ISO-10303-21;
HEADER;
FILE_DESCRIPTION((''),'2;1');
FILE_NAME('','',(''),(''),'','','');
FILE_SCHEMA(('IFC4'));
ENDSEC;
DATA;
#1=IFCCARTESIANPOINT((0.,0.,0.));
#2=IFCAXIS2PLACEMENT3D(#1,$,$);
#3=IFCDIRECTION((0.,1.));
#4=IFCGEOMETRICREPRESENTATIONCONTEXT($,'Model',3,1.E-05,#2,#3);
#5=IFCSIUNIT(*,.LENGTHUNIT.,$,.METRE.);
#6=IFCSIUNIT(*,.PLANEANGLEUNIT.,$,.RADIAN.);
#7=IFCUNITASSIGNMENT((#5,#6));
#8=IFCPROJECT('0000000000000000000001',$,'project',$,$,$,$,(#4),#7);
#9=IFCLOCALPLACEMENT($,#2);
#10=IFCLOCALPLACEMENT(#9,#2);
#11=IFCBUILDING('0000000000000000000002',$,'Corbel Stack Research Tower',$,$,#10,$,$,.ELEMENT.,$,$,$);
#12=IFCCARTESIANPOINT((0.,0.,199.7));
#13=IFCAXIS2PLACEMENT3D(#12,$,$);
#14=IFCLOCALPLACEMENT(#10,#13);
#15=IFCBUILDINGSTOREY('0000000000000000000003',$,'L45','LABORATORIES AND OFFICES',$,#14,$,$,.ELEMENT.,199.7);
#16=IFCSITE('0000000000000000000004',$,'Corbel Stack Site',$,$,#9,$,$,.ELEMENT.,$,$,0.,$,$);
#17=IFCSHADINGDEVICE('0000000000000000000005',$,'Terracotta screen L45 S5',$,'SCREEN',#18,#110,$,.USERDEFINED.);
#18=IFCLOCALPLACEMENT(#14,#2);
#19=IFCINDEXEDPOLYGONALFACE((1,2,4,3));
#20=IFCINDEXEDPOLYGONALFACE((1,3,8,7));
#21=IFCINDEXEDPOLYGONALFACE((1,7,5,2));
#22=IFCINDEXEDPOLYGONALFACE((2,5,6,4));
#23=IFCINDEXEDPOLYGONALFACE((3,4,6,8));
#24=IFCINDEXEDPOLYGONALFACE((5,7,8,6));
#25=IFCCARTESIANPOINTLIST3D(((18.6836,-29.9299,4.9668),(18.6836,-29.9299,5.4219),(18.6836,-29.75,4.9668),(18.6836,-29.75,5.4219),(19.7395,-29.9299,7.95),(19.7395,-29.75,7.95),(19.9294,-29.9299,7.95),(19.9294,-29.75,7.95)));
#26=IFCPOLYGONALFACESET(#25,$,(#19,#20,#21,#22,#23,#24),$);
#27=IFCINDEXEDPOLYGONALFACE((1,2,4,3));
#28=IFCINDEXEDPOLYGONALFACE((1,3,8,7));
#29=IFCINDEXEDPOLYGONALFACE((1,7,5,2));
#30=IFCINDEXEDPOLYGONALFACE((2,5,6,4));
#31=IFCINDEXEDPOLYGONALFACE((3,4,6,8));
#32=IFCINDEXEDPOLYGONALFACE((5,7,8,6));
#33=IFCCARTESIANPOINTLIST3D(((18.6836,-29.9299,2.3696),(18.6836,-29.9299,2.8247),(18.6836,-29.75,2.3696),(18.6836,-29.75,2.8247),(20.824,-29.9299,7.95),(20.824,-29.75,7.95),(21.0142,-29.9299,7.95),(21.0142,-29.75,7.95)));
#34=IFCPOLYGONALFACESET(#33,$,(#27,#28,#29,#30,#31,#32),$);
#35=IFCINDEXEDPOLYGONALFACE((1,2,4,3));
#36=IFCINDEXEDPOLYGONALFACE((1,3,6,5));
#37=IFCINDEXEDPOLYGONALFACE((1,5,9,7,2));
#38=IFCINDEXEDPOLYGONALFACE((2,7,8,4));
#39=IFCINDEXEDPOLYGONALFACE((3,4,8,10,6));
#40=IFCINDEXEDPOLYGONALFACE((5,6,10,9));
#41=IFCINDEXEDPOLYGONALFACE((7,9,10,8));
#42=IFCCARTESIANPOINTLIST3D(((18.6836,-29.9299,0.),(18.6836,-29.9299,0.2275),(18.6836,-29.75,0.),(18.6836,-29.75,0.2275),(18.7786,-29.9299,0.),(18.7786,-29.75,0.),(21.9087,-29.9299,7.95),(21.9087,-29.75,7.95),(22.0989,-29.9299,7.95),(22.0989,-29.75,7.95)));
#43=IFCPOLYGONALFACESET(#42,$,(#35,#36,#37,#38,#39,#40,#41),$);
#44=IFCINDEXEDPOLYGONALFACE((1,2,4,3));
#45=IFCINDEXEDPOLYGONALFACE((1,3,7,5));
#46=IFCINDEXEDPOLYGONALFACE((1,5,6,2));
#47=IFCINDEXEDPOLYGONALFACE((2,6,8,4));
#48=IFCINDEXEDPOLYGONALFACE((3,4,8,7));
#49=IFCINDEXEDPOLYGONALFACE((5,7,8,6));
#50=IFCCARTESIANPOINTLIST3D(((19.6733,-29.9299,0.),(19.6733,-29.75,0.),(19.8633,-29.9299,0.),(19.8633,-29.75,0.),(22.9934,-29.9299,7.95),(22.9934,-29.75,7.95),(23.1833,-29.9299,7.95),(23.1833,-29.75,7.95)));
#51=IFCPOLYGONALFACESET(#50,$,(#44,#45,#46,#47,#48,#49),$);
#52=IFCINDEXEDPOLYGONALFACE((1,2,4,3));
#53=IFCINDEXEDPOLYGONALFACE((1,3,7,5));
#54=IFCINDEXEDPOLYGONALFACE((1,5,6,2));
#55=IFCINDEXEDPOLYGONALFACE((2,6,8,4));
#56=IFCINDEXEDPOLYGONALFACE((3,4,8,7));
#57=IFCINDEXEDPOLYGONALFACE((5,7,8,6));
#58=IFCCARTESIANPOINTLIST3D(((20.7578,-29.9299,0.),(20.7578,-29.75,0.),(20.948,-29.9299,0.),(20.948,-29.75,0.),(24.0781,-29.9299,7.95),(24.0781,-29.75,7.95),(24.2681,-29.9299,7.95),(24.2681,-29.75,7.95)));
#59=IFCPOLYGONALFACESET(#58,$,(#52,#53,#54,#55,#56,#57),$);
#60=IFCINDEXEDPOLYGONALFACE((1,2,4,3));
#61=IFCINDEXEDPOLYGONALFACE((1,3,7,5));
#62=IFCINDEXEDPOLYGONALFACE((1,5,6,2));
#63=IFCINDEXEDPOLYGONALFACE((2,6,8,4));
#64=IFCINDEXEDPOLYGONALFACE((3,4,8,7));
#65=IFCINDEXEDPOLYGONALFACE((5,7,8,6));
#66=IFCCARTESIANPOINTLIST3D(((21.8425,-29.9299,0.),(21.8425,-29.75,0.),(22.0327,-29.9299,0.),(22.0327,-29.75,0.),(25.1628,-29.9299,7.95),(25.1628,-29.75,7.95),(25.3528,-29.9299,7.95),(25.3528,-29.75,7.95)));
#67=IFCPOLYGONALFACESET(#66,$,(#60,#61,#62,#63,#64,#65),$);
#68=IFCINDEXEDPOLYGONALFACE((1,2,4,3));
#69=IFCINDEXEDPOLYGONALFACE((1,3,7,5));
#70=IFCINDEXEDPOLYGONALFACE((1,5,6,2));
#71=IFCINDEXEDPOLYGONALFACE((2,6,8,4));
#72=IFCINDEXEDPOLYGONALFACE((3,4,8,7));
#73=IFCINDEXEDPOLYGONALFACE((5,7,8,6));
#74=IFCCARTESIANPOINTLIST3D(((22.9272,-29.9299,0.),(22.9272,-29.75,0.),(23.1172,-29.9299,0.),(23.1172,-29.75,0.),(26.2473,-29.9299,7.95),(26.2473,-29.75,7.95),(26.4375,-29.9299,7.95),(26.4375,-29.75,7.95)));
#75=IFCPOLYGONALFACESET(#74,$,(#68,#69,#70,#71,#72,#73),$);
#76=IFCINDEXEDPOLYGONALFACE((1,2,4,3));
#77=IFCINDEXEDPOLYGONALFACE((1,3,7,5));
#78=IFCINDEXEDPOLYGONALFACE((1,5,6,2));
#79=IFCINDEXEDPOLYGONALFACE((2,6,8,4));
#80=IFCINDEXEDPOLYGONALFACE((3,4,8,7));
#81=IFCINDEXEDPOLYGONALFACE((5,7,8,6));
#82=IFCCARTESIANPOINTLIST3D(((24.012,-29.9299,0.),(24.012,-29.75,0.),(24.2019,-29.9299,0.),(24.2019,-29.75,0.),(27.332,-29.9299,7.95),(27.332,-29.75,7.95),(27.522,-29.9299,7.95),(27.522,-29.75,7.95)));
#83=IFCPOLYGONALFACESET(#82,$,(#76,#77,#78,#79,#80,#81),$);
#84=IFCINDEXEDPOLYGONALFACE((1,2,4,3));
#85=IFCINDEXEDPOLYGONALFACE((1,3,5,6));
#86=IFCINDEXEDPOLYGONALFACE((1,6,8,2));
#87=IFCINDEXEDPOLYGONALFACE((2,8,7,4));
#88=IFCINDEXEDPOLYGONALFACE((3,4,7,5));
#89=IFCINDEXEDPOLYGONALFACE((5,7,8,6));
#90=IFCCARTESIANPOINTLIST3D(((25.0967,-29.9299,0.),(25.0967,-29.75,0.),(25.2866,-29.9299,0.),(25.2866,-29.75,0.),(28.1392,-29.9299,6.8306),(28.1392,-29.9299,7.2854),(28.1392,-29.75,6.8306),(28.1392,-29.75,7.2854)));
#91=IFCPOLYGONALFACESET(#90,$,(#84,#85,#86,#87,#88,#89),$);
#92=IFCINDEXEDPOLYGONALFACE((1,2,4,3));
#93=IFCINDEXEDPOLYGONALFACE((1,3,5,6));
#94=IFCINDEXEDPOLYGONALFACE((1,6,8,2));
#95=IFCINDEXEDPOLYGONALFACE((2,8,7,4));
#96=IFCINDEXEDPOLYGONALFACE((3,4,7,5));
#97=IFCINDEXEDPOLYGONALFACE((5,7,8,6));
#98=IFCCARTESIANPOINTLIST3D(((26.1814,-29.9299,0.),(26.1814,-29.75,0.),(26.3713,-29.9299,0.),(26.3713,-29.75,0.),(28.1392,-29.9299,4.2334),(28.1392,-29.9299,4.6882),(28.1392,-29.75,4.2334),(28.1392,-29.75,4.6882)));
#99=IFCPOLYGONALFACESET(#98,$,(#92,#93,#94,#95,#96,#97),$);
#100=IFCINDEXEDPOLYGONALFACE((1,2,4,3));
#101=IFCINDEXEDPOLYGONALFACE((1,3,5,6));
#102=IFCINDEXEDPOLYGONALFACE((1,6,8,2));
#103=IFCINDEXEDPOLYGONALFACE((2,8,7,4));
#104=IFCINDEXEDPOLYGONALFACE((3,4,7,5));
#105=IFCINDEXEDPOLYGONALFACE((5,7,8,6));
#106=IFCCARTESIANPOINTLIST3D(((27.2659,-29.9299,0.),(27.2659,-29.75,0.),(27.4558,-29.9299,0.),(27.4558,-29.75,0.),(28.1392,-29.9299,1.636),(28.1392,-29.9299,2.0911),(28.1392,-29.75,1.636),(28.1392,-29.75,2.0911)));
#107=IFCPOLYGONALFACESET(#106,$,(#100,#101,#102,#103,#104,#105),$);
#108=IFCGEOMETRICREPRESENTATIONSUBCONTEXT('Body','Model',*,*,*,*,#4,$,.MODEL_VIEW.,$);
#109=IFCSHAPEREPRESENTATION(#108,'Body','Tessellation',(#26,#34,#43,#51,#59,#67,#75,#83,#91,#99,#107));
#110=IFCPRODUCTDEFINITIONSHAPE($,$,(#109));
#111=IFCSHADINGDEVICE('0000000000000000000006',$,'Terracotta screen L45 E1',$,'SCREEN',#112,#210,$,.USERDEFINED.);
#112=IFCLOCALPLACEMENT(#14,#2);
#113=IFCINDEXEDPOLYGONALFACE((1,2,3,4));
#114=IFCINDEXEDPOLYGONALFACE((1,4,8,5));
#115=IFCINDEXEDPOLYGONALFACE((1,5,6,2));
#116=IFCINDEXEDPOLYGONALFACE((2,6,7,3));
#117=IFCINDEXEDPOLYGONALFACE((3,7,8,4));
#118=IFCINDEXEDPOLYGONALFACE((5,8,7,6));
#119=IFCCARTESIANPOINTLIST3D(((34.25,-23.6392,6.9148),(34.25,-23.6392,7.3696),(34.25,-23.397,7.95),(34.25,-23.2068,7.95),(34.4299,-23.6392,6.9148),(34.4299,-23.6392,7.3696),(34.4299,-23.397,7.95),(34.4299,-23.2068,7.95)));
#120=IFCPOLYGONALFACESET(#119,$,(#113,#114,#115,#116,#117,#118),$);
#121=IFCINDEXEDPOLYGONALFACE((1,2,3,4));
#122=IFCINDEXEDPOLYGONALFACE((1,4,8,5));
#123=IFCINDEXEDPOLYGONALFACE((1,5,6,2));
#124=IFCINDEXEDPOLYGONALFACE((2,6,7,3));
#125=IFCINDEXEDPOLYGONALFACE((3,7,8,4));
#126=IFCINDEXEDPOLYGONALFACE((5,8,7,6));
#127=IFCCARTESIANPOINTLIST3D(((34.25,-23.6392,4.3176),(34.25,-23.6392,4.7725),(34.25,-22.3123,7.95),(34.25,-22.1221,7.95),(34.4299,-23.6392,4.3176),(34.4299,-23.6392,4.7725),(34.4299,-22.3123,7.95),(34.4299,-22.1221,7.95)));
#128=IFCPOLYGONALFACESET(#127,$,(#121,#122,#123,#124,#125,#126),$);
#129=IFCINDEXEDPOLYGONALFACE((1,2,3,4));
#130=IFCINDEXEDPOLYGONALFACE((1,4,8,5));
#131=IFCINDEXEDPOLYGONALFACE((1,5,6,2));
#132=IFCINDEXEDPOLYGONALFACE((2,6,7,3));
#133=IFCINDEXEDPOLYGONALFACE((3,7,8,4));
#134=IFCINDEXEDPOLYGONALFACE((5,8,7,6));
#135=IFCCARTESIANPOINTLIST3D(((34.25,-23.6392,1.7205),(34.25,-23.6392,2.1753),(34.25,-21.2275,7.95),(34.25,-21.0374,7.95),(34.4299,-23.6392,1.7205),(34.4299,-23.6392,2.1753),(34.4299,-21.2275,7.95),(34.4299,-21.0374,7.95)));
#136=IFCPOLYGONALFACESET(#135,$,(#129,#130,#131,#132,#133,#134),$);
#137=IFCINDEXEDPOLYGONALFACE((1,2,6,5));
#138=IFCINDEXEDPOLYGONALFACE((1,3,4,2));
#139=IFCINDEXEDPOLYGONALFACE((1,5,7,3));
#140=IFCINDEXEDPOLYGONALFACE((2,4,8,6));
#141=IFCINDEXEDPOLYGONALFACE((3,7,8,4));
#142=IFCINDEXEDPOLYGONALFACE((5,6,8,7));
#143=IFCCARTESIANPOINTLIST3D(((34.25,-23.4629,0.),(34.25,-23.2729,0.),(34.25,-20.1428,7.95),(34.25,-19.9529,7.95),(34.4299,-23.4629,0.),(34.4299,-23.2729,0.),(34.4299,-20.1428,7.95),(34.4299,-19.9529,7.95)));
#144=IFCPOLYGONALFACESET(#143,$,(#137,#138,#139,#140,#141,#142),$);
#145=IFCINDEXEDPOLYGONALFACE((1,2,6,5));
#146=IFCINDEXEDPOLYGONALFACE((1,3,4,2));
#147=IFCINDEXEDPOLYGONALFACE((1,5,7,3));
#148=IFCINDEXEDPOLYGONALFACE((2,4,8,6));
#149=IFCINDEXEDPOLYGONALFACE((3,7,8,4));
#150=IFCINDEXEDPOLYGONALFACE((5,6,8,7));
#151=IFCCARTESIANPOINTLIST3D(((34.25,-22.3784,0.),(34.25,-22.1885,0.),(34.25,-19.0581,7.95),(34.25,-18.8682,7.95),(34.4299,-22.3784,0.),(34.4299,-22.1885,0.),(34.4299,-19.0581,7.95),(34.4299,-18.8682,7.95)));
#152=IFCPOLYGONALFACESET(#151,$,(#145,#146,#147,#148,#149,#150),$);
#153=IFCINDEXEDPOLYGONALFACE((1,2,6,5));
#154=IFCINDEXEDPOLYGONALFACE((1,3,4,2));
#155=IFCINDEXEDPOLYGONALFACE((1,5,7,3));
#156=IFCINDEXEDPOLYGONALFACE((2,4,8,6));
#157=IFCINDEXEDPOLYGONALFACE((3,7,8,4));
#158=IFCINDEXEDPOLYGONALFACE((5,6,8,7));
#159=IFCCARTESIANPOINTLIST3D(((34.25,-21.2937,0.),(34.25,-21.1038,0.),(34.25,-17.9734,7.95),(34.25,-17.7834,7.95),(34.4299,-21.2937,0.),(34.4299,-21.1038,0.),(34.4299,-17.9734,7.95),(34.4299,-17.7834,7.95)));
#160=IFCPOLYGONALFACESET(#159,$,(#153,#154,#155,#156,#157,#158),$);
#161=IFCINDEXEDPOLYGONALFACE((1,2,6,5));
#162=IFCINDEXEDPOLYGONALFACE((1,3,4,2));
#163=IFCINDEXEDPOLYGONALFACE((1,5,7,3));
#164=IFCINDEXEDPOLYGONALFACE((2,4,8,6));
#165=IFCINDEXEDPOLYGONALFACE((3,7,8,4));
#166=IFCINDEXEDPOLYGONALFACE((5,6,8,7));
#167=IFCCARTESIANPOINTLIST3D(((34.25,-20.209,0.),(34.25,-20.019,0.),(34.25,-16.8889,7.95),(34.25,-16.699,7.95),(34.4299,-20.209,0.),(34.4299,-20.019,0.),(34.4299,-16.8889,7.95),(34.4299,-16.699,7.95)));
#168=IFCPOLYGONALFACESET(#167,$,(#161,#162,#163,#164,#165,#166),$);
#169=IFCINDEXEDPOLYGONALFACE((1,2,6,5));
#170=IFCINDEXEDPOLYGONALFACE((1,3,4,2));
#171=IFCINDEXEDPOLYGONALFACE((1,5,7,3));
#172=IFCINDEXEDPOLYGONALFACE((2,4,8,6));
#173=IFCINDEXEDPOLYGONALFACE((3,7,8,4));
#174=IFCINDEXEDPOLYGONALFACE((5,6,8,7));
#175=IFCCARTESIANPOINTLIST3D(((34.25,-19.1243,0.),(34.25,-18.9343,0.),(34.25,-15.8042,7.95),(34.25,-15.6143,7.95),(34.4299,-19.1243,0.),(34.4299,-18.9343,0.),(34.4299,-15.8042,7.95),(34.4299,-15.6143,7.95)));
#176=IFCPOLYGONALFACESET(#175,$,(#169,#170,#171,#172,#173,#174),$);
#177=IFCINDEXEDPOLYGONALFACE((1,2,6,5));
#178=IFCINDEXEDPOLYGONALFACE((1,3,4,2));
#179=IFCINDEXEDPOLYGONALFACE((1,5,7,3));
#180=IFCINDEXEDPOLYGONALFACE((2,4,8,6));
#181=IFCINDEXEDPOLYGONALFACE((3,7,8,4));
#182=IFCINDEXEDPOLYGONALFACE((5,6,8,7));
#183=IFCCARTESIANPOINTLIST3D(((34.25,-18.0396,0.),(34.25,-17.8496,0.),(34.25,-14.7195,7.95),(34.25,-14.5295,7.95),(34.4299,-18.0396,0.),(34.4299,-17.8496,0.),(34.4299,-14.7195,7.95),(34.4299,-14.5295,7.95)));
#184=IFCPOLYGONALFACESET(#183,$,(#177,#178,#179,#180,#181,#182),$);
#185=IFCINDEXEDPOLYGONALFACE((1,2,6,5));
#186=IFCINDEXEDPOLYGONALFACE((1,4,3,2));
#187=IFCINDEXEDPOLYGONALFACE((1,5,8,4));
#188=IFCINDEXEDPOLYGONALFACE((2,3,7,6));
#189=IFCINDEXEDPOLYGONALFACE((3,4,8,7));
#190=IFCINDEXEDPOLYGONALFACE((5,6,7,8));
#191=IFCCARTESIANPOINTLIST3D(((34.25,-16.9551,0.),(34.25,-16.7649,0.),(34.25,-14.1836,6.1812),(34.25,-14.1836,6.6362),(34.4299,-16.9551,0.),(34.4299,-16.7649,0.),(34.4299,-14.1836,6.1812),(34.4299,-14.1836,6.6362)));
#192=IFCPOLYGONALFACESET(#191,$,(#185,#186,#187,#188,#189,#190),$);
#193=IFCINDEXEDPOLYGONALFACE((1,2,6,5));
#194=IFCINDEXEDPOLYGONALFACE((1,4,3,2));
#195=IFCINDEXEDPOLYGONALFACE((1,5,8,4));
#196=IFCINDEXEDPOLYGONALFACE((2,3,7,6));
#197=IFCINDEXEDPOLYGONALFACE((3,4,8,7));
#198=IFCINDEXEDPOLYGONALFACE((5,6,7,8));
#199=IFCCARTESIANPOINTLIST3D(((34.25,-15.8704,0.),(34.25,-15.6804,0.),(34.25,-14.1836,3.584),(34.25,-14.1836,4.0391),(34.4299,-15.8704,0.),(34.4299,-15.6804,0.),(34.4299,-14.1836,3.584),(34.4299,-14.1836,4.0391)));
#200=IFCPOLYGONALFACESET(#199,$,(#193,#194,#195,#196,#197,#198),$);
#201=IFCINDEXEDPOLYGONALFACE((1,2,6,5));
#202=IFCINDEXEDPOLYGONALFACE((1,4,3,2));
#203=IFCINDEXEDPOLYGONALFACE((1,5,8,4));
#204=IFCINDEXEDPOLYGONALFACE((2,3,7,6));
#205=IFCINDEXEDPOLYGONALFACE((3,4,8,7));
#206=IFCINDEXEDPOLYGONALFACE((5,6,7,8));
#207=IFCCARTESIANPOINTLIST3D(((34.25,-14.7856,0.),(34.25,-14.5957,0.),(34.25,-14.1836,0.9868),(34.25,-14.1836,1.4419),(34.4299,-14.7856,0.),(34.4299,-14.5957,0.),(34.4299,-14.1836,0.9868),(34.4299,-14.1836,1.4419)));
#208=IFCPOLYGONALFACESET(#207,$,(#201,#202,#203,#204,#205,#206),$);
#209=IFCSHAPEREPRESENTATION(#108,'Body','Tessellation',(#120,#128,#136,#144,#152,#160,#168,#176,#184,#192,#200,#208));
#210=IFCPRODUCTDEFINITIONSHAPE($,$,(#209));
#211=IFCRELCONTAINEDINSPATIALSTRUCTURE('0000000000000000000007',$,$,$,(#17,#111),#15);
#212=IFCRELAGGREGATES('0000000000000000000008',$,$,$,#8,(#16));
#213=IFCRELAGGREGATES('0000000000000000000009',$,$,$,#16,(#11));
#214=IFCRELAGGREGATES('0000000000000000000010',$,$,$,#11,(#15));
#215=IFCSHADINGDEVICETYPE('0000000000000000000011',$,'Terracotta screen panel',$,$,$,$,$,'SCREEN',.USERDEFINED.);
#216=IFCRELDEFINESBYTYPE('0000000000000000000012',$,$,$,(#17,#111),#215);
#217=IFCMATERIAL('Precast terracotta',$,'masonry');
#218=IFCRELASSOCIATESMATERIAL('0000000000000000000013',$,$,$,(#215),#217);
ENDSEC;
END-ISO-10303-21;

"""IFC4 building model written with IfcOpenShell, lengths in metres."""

from ifc_helpers import new_model, si_unit, direction, frame, origin, place, context, subcontext, project, spatial, polyline, outline, extrude, source, transform, mapped, material, type_object, element, save


model = new_model("IFC4")

# Units and contexts
model_context = context("Model", 3, precision=1e-05, world=origin(), true_north=direction((0.0, 1.0)))
body_context = subcontext(model_context, "Body", "Model", "MODEL_VIEW")
ifc_project = project(units=[si_unit("LENGTHUNIT", "METRE"), si_unit("PLANEANGLEUNIT", "RADIAN")], contexts=[model_context])

# Site, building, storey
site_placement = place(None, origin())
site = spatial("IfcSite", under=ifc_project, at=site_placement, Name="Corbel Stack Site", CompositionType="ELEMENT", RefElevation=0.0)
building_placement = place(site_placement, origin())
building = spatial("IfcBuilding", under=site, at=building_placement, Name="Corbel Stack Research Tower", CompositionType="ELEMENT")
storey_placement = place(building_placement, frame((0.0, 0.0, 199.7)))
storey = spatial("IfcBuildingStorey", under=building, at=storey_placement, Name="L45", Description="LABORATORIES AND OFFICES", CompositionType="ELEMENT", Elevation=199.7)

# Shading devices
ifc_material_1 = material(Name="Precast terracotta", Category="masonry")
shading_device_type = type_object("IfcShadingDeviceType", Name="Terracotta screen panel", ElementType="SCREEN", PredefinedType="USERDEFINED", material=ifc_material_1)
shared_shape_1 = source(origin(), body_context, "Body", "SweptSolid", [
    extrude(outline(polyline([(1.2458, 7.95), (1.0559, 7.95), (0.0, 5.4219), (0.0, 4.9668), (1.2458, 7.95)])), frame((0.0, 0.0, 0.0), z_axis=(0.0, -1.0, 0.0), x_axis=(1.0, 0.0, 0.0)), (0.0, 0.0, 1.0), 0.1799),
    extrude(outline(polyline([(2.3306, 7.95), (2.1404, 7.95), (0.0, 2.8247), (0.0, 2.3696), (2.3306, 7.95)])), frame((0.0, 0.0, 0.0), z_axis=(0.0, -1.0, 0.0), x_axis=(1.0, 0.0, 0.0)), (0.0, 0.0, 1.0), 0.1799),
    extrude(outline(polyline([(0.095, 0.0), (3.4153, 7.95), (3.2251, 7.95), (0.0, 0.2275), (0.0, 0.0), (0.095, 0.0)])), frame((0.0, 0.0, 0.0), z_axis=(0.0, -1.0, 0.0), x_axis=(1.0, 0.0, 0.0)), (0.0, 0.0, 1.0), 0.1799),
    extrude(outline(polyline([(1.1797, 0.0), (4.4998, 7.95), (4.3098, 7.95), (0.9897, 0.0), (1.1797, 0.0)])), frame((0.0, 0.0, 0.0), z_axis=(0.0, -1.0, 0.0), x_axis=(1.0, 0.0, 0.0)), (0.0, 0.0, 1.0), 0.1799),
    extrude(outline(polyline([(2.2644, 0.0), (5.5845, 7.95), (5.3945, 7.95), (2.0742, 0.0), (2.2644, 0.0)])), frame((0.0, 0.0, 0.0), z_axis=(0.0, -1.0, 0.0), x_axis=(1.0, 0.0, 0.0)), (0.0, 0.0, 1.0), 0.1799),
    extrude(outline(polyline([(3.3491, 0.0), (6.6692, 7.95), (6.4792, 7.95), (3.1589, 0.0), (3.3491, 0.0)])), frame((0.0, 0.0, 0.0), z_axis=(0.0, -1.0, 0.0), x_axis=(1.0, 0.0, 0.0)), (0.0, 0.0, 1.0), 0.1799),
    extrude(outline(polyline([(4.4336, 0.0), (7.7539, 7.95), (7.5637, 7.95), (4.2437, 0.0), (4.4336, 0.0)])), frame((0.0, 0.0, 0.0), z_axis=(0.0, -1.0, 0.0), x_axis=(1.0, 0.0, 0.0)), (0.0, 0.0, 1.0), 0.1799),
    extrude(outline(polyline([(5.5183, 0.0), (8.8384, 7.95), (8.6484, 7.95), (5.3284, 0.0), (5.5183, 0.0)])), frame((0.0, 0.0, 0.0), z_axis=(0.0, -1.0, 0.0), x_axis=(1.0, 0.0, 0.0)), (0.0, 0.0, 1.0), 0.1799),
    extrude(outline(polyline([(6.603, 0.0), (9.4556, 6.8306), (9.4556, 7.2854), (6.4131, 0.0), (6.603, 0.0)])), frame((0.0, 0.0, 0.0), z_axis=(0.0, -1.0, 0.0), x_axis=(1.0, 0.0, 0.0)), (0.0, 0.0, 1.0), 0.1799),
    extrude(outline(polyline([(7.6877, 0.0), (9.4556, 4.2334), (9.4556, 4.6882), (7.4978, 0.0), (7.6877, 0.0)])), frame((0.0, 0.0, 0.0), z_axis=(0.0, -1.0, 0.0), x_axis=(1.0, 0.0, 0.0)), (0.0, 0.0, 1.0), 0.1799),
    extrude(outline(polyline([(8.7722, 0.0), (9.4556, 1.636), (9.4556, 2.0911), (8.5823, 0.0), (8.7722, 0.0)])), frame((0.0, 0.0, 0.0), z_axis=(0.0, -1.0, 0.0), x_axis=(1.0, 0.0, 0.0)), (0.0, 0.0, 1.0), 0.1799),
])
shading_device_1_placement = place(storey_placement, frame((18.6836, -29.75, 0.0), z_axis=(0.0, 0.0, 1.0), x_axis=(1.0, 0.0, 0.0)))
element("IfcShadingDevice", 1, at=shading_device_1_placement, inside=storey, type_object=shading_device_type, Name="Terracotta screen L45 S5", ObjectType="SCREEN", PredefinedType="USERDEFINED", context=body_context, shape_type="MappedRepresentation", body=[
    mapped(shared_shape_1, transform((0.0, 0.0, 0.0))),
])
shared_shape_2 = source(origin(), body_context, "Body", "SweptSolid", [
    extrude(outline(polyline([(0.4324, 7.95), (0.2422, 7.95), (0.0, 7.3696), (0.0, 6.9148), (0.4324, 7.95)])), frame((0.0, 0.0, 0.0), z_axis=(0.0, -1.0, 0.0), x_axis=(1.0, 0.0, 0.0)), (0.0, 0.0, 1.0), 0.1799),
    extrude(outline(polyline([(1.5171, 7.95), (1.3269, 7.95), (0.0, 4.7725), (0.0, 4.3176), (1.5171, 7.95)])), frame((0.0, 0.0, 0.0), z_axis=(0.0, -1.0, 0.0), x_axis=(1.0, 0.0, 0.0)), (0.0, 0.0, 1.0), 0.1799),
    extrude(outline(polyline([(2.6018, 7.95), (2.4116, 7.95), (0.0, 2.1753), (0.0, 1.7205), (2.6018, 7.95)])), frame((0.0, 0.0, 0.0), z_axis=(0.0, -1.0, 0.0), x_axis=(1.0, 0.0, 0.0)), (0.0, 0.0, 1.0), 0.1799),
    extrude(outline(polyline([(0.3662, 0.0), (3.6863, 7.95), (3.4963, 7.95), (0.1763, 0.0), (0.3662, 0.0)])), frame((0.0, 0.0, 0.0), z_axis=(0.0, -1.0, 0.0), x_axis=(1.0, 0.0, 0.0)), (0.0, 0.0, 1.0), 0.1799),
    extrude(outline(polyline([(1.4507, 0.0), (4.771, 7.95), (4.5811, 7.95), (1.2607, 0.0), (1.4507, 0.0)])), frame((0.0, 0.0, 0.0), z_axis=(0.0, -1.0, 0.0), x_axis=(1.0, 0.0, 0.0)), (0.0, 0.0, 1.0), 0.1799),
    extrude(outline(polyline([(2.5354, 0.0), (5.8557, 7.95), (5.6658, 7.95), (2.3455, 0.0), (2.5354, 0.0)])), frame((0.0, 0.0, 0.0), z_axis=(0.0, -1.0, 0.0), x_axis=(1.0, 0.0, 0.0)), (0.0, 0.0, 1.0), 0.1799),
    extrude(outline(polyline([(3.6201, 0.0), (6.9402, 7.95), (6.7502, 7.95), (3.4302, 0.0), (3.6201, 0.0)])), frame((0.0, 0.0, 0.0), z_axis=(0.0, -1.0, 0.0), x_axis=(1.0, 0.0, 0.0)), (0.0, 0.0, 1.0), 0.1799),
    extrude(outline(polyline([(4.7048, 0.0), (8.0249, 7.95), (7.835, 7.95), (4.5149, 0.0), (4.7048, 0.0)])), frame((0.0, 0.0, 0.0), z_axis=(0.0, -1.0, 0.0), x_axis=(1.0, 0.0, 0.0)), (0.0, 0.0, 1.0), 0.1799),
    extrude(outline(polyline([(5.7896, 0.0), (9.1096, 7.95), (8.9197, 7.95), (5.5996, 0.0), (5.7896, 0.0)])), frame((0.0, 0.0, 0.0), z_axis=(0.0, -1.0, 0.0), x_axis=(1.0, 0.0, 0.0)), (0.0, 0.0, 1.0), 0.1799),
    extrude(outline(polyline([(6.8743, 0.0), (9.4556, 6.1812), (9.4556, 6.6362), (6.6841, 0.0), (6.8743, 0.0)])), frame((0.0, 0.0, 0.0), z_axis=(0.0, -1.0, 0.0), x_axis=(1.0, 0.0, 0.0)), (0.0, 0.0, 1.0), 0.1799),
    extrude(outline(polyline([(7.9587, 0.0), (9.4556, 3.584), (9.4556, 4.0391), (7.7688, 0.0), (7.9587, 0.0)])), frame((0.0, 0.0, 0.0), z_axis=(0.0, -1.0, 0.0), x_axis=(1.0, 0.0, 0.0)), (0.0, 0.0, 1.0), 0.1799),
    extrude(outline(polyline([(9.0435, 0.0), (9.4556, 0.9868), (9.4556, 1.4419), (8.8535, 0.0), (9.0435, 0.0)])), frame((0.0, 0.0, 0.0), z_axis=(0.0, -1.0, 0.0), x_axis=(1.0, 0.0, 0.0)), (0.0, 0.0, 1.0), 0.1799),
])
shading_device_2_placement = place(storey_placement, frame((34.25, -23.6392, 0.0), z_axis=(0.0, 0.0, 1.0), x_axis=(0.0, 1.0, 0.0)))
element("IfcShadingDevice", 2, at=shading_device_2_placement, inside=storey, type_object=shading_device_type, Name="Terracotta screen L45 E1", ObjectType="SCREEN", PredefinedType="USERDEFINED", context=body_context, shape_type="MappedRepresentation", body=[
    mapped(shared_shape_2, transform((0.0, 0.0, 0.0))),
])

save(model, "model.ifc")
